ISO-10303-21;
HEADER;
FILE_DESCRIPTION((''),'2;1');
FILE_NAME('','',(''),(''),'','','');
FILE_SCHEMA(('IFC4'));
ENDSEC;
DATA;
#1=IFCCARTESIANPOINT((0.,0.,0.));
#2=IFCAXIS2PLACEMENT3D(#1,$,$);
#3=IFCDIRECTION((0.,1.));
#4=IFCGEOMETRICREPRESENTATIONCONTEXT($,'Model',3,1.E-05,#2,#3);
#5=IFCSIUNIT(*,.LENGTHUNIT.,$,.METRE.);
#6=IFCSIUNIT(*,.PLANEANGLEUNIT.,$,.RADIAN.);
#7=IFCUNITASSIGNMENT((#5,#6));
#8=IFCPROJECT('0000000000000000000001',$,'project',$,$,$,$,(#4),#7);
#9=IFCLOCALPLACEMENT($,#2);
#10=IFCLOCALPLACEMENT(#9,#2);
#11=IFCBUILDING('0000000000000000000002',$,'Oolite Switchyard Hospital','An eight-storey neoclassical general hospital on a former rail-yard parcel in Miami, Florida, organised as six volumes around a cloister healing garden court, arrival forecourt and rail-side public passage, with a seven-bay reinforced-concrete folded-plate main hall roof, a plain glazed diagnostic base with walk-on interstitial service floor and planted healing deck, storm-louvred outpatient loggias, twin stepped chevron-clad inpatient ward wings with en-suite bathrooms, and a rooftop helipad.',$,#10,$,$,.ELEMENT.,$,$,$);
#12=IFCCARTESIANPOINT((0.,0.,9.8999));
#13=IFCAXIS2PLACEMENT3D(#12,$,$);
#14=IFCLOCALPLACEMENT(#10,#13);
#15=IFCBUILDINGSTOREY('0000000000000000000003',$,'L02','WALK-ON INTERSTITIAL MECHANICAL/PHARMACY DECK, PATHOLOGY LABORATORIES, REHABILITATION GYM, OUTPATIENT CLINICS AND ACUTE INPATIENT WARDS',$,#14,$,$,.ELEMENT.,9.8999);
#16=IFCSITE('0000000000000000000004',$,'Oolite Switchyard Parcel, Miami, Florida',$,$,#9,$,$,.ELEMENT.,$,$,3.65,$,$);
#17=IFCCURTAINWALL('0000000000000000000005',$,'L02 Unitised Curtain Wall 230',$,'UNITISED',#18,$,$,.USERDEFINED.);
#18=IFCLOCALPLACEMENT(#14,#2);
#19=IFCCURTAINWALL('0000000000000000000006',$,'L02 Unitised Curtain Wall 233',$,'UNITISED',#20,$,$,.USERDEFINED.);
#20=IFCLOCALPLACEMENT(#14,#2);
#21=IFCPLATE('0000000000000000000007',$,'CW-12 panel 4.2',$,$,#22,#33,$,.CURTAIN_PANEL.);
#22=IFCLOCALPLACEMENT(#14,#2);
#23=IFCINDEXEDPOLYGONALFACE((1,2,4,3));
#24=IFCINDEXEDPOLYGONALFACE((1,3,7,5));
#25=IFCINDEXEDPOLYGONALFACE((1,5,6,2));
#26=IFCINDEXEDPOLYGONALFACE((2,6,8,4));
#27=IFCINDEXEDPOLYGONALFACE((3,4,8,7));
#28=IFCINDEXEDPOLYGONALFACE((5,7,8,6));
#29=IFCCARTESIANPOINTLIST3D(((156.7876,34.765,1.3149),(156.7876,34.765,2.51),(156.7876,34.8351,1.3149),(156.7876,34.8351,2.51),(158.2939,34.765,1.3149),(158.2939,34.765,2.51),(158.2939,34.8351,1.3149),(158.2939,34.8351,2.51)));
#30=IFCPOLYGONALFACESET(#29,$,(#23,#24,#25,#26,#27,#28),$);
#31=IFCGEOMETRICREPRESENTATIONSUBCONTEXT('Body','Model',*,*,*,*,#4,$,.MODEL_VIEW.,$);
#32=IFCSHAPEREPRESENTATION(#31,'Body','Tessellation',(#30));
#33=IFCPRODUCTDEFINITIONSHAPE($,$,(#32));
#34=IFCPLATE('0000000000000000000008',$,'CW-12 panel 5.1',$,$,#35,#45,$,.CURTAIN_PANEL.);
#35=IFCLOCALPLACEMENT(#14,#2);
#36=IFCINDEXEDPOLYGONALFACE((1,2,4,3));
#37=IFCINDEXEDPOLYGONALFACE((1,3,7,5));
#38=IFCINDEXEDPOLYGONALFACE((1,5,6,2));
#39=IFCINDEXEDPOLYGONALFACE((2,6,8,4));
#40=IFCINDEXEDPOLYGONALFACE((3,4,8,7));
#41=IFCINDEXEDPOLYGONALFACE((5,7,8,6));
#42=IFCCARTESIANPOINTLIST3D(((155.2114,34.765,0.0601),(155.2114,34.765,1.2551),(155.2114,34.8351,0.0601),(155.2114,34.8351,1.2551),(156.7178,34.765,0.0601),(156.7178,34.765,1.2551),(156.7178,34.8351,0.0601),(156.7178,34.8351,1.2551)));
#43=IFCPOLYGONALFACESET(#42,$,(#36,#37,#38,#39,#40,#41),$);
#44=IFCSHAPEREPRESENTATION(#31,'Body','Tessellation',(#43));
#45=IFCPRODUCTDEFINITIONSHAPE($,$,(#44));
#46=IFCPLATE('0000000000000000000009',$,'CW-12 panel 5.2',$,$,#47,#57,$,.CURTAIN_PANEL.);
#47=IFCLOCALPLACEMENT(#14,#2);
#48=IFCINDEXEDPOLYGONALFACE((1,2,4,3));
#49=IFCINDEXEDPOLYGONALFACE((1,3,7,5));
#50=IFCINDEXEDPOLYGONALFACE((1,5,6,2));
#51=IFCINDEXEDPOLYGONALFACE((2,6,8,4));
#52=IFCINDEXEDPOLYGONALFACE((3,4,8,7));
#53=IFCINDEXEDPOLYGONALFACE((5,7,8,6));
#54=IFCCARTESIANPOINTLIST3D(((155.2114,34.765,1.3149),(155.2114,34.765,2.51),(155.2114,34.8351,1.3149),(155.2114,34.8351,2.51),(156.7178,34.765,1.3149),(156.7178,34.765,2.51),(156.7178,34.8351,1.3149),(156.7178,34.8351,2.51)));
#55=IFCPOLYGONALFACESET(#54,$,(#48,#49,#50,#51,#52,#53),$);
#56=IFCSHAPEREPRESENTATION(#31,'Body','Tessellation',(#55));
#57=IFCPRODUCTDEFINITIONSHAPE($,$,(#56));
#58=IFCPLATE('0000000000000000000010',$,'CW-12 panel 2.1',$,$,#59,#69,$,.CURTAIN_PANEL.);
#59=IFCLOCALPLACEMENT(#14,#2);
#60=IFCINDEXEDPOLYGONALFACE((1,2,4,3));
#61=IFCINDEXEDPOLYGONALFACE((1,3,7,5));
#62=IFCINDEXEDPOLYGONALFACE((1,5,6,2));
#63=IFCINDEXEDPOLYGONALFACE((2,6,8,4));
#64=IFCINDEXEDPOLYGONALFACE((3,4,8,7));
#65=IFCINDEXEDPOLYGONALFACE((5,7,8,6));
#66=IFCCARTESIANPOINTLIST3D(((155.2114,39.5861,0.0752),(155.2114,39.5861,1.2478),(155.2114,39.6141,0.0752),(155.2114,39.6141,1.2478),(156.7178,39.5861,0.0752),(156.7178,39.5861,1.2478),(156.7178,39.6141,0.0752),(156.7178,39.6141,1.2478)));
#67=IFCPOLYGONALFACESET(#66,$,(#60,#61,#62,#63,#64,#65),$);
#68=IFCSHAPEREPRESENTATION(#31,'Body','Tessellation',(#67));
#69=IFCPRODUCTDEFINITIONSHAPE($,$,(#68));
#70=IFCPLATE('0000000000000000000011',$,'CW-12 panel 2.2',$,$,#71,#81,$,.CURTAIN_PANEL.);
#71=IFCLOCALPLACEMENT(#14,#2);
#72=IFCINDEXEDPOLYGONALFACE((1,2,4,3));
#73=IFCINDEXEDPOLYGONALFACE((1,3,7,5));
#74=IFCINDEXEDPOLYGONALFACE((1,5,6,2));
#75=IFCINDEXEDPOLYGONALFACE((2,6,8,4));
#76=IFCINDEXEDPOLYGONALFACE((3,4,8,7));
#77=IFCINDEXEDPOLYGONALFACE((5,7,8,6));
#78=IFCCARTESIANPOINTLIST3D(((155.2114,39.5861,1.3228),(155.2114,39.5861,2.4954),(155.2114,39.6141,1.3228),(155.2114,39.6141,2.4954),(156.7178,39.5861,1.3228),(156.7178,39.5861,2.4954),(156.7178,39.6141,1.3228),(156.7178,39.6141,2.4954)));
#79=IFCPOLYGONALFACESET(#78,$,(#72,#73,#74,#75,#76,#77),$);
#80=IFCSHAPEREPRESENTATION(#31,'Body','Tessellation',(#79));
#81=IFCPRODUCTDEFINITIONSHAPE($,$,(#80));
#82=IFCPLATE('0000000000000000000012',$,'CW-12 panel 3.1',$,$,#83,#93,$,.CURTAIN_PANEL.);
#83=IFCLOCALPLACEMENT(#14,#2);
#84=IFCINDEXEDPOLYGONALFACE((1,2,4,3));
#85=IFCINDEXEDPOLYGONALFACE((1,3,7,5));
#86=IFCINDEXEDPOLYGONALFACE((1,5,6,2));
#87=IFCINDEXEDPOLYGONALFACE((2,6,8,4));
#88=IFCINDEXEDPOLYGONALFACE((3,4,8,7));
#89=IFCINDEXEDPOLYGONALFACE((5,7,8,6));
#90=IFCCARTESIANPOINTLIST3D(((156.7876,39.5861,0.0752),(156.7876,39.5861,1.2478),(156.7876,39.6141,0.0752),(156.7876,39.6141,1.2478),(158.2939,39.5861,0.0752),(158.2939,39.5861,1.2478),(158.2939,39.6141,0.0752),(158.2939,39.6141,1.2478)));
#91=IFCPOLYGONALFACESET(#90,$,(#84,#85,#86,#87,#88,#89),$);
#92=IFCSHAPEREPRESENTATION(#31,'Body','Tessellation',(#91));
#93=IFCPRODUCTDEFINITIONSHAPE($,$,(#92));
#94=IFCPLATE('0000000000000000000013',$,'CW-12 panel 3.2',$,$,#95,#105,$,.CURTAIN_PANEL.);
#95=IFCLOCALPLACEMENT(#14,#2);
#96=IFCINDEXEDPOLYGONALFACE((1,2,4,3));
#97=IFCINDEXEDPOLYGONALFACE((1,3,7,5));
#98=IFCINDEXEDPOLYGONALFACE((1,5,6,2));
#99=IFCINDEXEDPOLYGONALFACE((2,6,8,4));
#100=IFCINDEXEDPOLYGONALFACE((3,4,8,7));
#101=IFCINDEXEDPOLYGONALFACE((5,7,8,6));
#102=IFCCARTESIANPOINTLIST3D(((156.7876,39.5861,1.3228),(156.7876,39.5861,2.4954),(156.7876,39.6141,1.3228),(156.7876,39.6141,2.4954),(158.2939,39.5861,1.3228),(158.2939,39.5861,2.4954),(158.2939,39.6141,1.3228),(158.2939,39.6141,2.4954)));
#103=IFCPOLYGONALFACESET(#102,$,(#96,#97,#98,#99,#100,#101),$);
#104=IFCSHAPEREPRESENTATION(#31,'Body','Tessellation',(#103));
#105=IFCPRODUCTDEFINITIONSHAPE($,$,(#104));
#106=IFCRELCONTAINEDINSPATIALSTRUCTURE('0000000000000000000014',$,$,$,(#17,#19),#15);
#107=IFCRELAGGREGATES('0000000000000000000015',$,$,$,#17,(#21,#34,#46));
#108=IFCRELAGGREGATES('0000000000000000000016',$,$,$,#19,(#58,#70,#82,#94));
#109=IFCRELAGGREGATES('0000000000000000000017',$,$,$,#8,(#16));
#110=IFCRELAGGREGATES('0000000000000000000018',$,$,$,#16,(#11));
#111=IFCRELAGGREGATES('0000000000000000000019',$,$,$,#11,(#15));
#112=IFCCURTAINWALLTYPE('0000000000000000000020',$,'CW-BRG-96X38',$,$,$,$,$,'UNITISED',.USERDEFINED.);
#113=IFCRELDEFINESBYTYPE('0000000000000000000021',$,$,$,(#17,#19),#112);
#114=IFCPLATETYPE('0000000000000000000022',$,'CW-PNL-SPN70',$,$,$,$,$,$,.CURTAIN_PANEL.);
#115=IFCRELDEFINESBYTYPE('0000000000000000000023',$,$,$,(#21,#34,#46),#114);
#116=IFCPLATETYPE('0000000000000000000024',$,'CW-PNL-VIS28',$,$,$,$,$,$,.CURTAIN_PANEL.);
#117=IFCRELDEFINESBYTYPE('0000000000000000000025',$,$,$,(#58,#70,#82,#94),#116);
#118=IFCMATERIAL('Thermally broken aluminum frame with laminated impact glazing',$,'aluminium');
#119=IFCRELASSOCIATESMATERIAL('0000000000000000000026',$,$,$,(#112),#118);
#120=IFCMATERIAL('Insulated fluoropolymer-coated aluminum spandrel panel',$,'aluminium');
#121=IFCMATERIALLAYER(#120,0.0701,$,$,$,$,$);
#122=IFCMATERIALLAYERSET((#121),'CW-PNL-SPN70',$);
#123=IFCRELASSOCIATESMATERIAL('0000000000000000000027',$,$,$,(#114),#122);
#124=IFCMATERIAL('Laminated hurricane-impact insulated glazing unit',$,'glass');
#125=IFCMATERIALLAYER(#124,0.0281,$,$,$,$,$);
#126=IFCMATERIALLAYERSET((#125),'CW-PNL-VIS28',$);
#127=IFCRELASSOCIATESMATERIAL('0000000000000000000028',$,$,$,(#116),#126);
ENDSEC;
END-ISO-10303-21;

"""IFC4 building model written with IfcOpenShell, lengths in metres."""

from ifc_helpers import new_model, si_unit, direction, frame, origin, origin_2d, place, context, subcontext, project, spatial, rectangle, extrude, material, layer, layer_set, type_object, element, aggregate, save


model = new_model("IFC4")

# Units and contexts
model_context = context("Model", 3, precision=1e-05, world=origin(), true_north=direction((0.0, 1.0)))
body_context = subcontext(model_context, "Body", "Model", "MODEL_VIEW")
ifc_project = project(units=[si_unit("LENGTHUNIT", "METRE"), si_unit("PLANEANGLEUNIT", "RADIAN")], contexts=[model_context])

# Site, building, storey
site_placement = place(None, origin())
site = spatial("IfcSite", under=ifc_project, at=site_placement, Name="Oolite Switchyard Parcel, Miami, Florida", CompositionType="ELEMENT", RefElevation=3.65)
building_placement = place(site_placement, origin())
building = spatial("IfcBuilding", under=site, at=building_placement, Name="Oolite Switchyard Hospital", Description="An eight-storey neoclassical general hospital on a former rail-yard parcel in Miami, Florida, organised as six volumes around a cloister healing garden court, arrival forecourt and rail-side public passage, with a seven-bay reinforced-concrete folded-plate main hall roof, a plain glazed diagnostic base with walk-on interstitial service floor and planted healing deck, storm-louvred outpatient loggias, twin stepped chevron-clad inpatient ward wings with en-suite bathrooms, and a rooftop helipad.", CompositionType="ELEMENT")
storey_placement = place(building_placement, frame((0.0, 0.0, 9.8999)))
storey = spatial("IfcBuildingStorey", under=building, at=storey_placement, Name="L02", Description="WALK-ON INTERSTITIAL MECHANICAL/PHARMACY DECK, PATHOLOGY LABORATORIES, REHABILITATION GYM, OUTPATIENT CLINICS AND ACUTE INPATIENT WARDS", CompositionType="ELEMENT", Elevation=9.8999)

# Curtain walls
ifc_material_1 = material(Name="Thermally broken aluminum frame with laminated impact glazing", Category="aluminium")
curtain_wall_type = type_object("IfcCurtainWallType", Name="CW-BRG-96X38", ElementType="UNITISED", PredefinedType="USERDEFINED", material=ifc_material_1)
curtain_wall_1_placement = place(storey_placement, origin())
curtain_wall_1 = element("IfcCurtainWall", 1, at=curtain_wall_1_placement, inside=storey, type_object=curtain_wall_type, Name="L02 Unitised Curtain Wall 230", ObjectType="UNITISED", PredefinedType="USERDEFINED")
curtain_wall_2_placement = place(storey_placement, origin())
curtain_wall_2 = element("IfcCurtainWall", 2, at=curtain_wall_2_placement, inside=storey, type_object=curtain_wall_type, Name="L02 Unitised Curtain Wall 233", ObjectType="UNITISED", PredefinedType="USERDEFINED")

# Plates
ifc_material_2 = material(Name="Insulated fluoropolymer-coated aluminum spandrel panel", Category="aluminium")
ifc_layer_1 = layer(ifc_material_2, 0.0701)
ifc_layer_set_1 = layer_set([ifc_layer_1], Name="CW-PNL-SPN70")
plate_type_1 = type_object("IfcPlateType", Name="CW-PNL-SPN70", PredefinedType="CURTAIN_PANEL", material=ifc_layer_set_1)
plate_1_placement = place(storey_placement, frame((157.5408, 34.8, 1.3149), z_axis=(0.0, 0.0, 1.0), x_axis=(-1.0, 0.0, 0.0)))
plate_1 = element("IfcPlate", 3, at=plate_1_placement, type_object=plate_type_1, Name="CW-12 panel 4.2", PredefinedType="CURTAIN_PANEL", context=body_context, shape_type="SweptSolid", body=[
    extrude(rectangle(XDim=1.5063, YDim=0.0701, at=origin_2d()), origin(), (0.0, 0.0, 1.0), 1.1951),
])
plate_2_placement = place(storey_placement, frame((155.9646, 34.8, 0.0601), z_axis=(0.0, 0.0, 1.0), x_axis=(-1.0, 0.0, 0.0)))
plate_2 = element("IfcPlate", 4, at=plate_2_placement, type_object=plate_type_1, Name="CW-12 panel 5.1", PredefinedType="CURTAIN_PANEL", context=body_context, shape_type="SweptSolid", body=[
    extrude(rectangle(XDim=1.5063, YDim=0.0701, at=origin_2d()), origin(), (0.0, 0.0, 1.0), 1.1951),
])
plate_3_placement = place(storey_placement, frame((155.9646, 34.8, 1.3149), z_axis=(0.0, 0.0, 1.0), x_axis=(-1.0, 0.0, 0.0)))
plate_3 = element("IfcPlate", 5, at=plate_3_placement, type_object=plate_type_1, Name="CW-12 panel 5.2", PredefinedType="CURTAIN_PANEL", context=body_context, shape_type="SweptSolid", body=[
    extrude(rectangle(XDim=1.5063, YDim=0.0701, at=origin_2d()), origin(), (0.0, 0.0, 1.0), 1.1951),
])
aggregate(curtain_wall_1, [plate_1, plate_2, plate_3])
ifc_material_3 = material(Name="Laminated hurricane-impact insulated glazing unit", Category="glass")
ifc_layer_2 = layer(ifc_material_3, 0.0281)
ifc_layer_set_2 = layer_set([ifc_layer_2], Name="CW-PNL-VIS28")
plate_type_2 = type_object("IfcPlateType", Name="CW-PNL-VIS28", PredefinedType="CURTAIN_PANEL", material=ifc_layer_set_2)
plate_4_placement = place(storey_placement, frame((155.9646, 39.6001, 0.0752), z_axis=(0.0, 0.0, 1.0), x_axis=(1.0, 0.0, 0.0)))
plate_4 = element("IfcPlate", 6, at=plate_4_placement, type_object=plate_type_2, Name="CW-12 panel 2.1", PredefinedType="CURTAIN_PANEL", context=body_context, shape_type="SweptSolid", body=[
    extrude(rectangle(XDim=1.5063, YDim=0.0281, at=origin_2d()), origin(), (0.0, 0.0, 1.0), 1.1726),
])
plate_5_placement = place(storey_placement, frame((155.9646, 39.6001, 1.3228), z_axis=(0.0, 0.0, 1.0), x_axis=(1.0, 0.0, 0.0)))
plate_5 = element("IfcPlate", 7, at=plate_5_placement, type_object=plate_type_2, Name="CW-12 panel 2.2", PredefinedType="CURTAIN_PANEL", context=body_context, shape_type="SweptSolid", body=[
    extrude(rectangle(XDim=1.5063, YDim=0.0281, at=origin_2d()), origin(), (0.0, 0.0, 1.0), 1.1726),
])
plate_6_placement = place(storey_placement, frame((157.5408, 39.6001, 0.0752), z_axis=(0.0, 0.0, 1.0), x_axis=(1.0, 0.0, 0.0)))
plate_6 = element("IfcPlate", 8, at=plate_6_placement, type_object=plate_type_2, Name="CW-12 panel 3.1", PredefinedType="CURTAIN_PANEL", context=body_context, shape_type="SweptSolid", body=[
    extrude(rectangle(XDim=1.5063, YDim=0.0281, at=origin_2d()), origin(), (0.0, 0.0, 1.0), 1.1726),
])
plate_7_placement = place(storey_placement, frame((157.5408, 39.6001, 1.3228), z_axis=(0.0, 0.0, 1.0), x_axis=(1.0, 0.0, 0.0)))
plate_7 = element("IfcPlate", 9, at=plate_7_placement, type_object=plate_type_2, Name="CW-12 panel 3.2", PredefinedType="CURTAIN_PANEL", context=body_context, shape_type="SweptSolid", body=[
    extrude(rectangle(XDim=1.5063, YDim=0.0281, at=origin_2d()), origin(), (0.0, 0.0, 1.0), 1.1726),
])
aggregate(curtain_wall_2, [plate_4, plate_5, plate_6, plate_7])

save(model, "model.ifc")
